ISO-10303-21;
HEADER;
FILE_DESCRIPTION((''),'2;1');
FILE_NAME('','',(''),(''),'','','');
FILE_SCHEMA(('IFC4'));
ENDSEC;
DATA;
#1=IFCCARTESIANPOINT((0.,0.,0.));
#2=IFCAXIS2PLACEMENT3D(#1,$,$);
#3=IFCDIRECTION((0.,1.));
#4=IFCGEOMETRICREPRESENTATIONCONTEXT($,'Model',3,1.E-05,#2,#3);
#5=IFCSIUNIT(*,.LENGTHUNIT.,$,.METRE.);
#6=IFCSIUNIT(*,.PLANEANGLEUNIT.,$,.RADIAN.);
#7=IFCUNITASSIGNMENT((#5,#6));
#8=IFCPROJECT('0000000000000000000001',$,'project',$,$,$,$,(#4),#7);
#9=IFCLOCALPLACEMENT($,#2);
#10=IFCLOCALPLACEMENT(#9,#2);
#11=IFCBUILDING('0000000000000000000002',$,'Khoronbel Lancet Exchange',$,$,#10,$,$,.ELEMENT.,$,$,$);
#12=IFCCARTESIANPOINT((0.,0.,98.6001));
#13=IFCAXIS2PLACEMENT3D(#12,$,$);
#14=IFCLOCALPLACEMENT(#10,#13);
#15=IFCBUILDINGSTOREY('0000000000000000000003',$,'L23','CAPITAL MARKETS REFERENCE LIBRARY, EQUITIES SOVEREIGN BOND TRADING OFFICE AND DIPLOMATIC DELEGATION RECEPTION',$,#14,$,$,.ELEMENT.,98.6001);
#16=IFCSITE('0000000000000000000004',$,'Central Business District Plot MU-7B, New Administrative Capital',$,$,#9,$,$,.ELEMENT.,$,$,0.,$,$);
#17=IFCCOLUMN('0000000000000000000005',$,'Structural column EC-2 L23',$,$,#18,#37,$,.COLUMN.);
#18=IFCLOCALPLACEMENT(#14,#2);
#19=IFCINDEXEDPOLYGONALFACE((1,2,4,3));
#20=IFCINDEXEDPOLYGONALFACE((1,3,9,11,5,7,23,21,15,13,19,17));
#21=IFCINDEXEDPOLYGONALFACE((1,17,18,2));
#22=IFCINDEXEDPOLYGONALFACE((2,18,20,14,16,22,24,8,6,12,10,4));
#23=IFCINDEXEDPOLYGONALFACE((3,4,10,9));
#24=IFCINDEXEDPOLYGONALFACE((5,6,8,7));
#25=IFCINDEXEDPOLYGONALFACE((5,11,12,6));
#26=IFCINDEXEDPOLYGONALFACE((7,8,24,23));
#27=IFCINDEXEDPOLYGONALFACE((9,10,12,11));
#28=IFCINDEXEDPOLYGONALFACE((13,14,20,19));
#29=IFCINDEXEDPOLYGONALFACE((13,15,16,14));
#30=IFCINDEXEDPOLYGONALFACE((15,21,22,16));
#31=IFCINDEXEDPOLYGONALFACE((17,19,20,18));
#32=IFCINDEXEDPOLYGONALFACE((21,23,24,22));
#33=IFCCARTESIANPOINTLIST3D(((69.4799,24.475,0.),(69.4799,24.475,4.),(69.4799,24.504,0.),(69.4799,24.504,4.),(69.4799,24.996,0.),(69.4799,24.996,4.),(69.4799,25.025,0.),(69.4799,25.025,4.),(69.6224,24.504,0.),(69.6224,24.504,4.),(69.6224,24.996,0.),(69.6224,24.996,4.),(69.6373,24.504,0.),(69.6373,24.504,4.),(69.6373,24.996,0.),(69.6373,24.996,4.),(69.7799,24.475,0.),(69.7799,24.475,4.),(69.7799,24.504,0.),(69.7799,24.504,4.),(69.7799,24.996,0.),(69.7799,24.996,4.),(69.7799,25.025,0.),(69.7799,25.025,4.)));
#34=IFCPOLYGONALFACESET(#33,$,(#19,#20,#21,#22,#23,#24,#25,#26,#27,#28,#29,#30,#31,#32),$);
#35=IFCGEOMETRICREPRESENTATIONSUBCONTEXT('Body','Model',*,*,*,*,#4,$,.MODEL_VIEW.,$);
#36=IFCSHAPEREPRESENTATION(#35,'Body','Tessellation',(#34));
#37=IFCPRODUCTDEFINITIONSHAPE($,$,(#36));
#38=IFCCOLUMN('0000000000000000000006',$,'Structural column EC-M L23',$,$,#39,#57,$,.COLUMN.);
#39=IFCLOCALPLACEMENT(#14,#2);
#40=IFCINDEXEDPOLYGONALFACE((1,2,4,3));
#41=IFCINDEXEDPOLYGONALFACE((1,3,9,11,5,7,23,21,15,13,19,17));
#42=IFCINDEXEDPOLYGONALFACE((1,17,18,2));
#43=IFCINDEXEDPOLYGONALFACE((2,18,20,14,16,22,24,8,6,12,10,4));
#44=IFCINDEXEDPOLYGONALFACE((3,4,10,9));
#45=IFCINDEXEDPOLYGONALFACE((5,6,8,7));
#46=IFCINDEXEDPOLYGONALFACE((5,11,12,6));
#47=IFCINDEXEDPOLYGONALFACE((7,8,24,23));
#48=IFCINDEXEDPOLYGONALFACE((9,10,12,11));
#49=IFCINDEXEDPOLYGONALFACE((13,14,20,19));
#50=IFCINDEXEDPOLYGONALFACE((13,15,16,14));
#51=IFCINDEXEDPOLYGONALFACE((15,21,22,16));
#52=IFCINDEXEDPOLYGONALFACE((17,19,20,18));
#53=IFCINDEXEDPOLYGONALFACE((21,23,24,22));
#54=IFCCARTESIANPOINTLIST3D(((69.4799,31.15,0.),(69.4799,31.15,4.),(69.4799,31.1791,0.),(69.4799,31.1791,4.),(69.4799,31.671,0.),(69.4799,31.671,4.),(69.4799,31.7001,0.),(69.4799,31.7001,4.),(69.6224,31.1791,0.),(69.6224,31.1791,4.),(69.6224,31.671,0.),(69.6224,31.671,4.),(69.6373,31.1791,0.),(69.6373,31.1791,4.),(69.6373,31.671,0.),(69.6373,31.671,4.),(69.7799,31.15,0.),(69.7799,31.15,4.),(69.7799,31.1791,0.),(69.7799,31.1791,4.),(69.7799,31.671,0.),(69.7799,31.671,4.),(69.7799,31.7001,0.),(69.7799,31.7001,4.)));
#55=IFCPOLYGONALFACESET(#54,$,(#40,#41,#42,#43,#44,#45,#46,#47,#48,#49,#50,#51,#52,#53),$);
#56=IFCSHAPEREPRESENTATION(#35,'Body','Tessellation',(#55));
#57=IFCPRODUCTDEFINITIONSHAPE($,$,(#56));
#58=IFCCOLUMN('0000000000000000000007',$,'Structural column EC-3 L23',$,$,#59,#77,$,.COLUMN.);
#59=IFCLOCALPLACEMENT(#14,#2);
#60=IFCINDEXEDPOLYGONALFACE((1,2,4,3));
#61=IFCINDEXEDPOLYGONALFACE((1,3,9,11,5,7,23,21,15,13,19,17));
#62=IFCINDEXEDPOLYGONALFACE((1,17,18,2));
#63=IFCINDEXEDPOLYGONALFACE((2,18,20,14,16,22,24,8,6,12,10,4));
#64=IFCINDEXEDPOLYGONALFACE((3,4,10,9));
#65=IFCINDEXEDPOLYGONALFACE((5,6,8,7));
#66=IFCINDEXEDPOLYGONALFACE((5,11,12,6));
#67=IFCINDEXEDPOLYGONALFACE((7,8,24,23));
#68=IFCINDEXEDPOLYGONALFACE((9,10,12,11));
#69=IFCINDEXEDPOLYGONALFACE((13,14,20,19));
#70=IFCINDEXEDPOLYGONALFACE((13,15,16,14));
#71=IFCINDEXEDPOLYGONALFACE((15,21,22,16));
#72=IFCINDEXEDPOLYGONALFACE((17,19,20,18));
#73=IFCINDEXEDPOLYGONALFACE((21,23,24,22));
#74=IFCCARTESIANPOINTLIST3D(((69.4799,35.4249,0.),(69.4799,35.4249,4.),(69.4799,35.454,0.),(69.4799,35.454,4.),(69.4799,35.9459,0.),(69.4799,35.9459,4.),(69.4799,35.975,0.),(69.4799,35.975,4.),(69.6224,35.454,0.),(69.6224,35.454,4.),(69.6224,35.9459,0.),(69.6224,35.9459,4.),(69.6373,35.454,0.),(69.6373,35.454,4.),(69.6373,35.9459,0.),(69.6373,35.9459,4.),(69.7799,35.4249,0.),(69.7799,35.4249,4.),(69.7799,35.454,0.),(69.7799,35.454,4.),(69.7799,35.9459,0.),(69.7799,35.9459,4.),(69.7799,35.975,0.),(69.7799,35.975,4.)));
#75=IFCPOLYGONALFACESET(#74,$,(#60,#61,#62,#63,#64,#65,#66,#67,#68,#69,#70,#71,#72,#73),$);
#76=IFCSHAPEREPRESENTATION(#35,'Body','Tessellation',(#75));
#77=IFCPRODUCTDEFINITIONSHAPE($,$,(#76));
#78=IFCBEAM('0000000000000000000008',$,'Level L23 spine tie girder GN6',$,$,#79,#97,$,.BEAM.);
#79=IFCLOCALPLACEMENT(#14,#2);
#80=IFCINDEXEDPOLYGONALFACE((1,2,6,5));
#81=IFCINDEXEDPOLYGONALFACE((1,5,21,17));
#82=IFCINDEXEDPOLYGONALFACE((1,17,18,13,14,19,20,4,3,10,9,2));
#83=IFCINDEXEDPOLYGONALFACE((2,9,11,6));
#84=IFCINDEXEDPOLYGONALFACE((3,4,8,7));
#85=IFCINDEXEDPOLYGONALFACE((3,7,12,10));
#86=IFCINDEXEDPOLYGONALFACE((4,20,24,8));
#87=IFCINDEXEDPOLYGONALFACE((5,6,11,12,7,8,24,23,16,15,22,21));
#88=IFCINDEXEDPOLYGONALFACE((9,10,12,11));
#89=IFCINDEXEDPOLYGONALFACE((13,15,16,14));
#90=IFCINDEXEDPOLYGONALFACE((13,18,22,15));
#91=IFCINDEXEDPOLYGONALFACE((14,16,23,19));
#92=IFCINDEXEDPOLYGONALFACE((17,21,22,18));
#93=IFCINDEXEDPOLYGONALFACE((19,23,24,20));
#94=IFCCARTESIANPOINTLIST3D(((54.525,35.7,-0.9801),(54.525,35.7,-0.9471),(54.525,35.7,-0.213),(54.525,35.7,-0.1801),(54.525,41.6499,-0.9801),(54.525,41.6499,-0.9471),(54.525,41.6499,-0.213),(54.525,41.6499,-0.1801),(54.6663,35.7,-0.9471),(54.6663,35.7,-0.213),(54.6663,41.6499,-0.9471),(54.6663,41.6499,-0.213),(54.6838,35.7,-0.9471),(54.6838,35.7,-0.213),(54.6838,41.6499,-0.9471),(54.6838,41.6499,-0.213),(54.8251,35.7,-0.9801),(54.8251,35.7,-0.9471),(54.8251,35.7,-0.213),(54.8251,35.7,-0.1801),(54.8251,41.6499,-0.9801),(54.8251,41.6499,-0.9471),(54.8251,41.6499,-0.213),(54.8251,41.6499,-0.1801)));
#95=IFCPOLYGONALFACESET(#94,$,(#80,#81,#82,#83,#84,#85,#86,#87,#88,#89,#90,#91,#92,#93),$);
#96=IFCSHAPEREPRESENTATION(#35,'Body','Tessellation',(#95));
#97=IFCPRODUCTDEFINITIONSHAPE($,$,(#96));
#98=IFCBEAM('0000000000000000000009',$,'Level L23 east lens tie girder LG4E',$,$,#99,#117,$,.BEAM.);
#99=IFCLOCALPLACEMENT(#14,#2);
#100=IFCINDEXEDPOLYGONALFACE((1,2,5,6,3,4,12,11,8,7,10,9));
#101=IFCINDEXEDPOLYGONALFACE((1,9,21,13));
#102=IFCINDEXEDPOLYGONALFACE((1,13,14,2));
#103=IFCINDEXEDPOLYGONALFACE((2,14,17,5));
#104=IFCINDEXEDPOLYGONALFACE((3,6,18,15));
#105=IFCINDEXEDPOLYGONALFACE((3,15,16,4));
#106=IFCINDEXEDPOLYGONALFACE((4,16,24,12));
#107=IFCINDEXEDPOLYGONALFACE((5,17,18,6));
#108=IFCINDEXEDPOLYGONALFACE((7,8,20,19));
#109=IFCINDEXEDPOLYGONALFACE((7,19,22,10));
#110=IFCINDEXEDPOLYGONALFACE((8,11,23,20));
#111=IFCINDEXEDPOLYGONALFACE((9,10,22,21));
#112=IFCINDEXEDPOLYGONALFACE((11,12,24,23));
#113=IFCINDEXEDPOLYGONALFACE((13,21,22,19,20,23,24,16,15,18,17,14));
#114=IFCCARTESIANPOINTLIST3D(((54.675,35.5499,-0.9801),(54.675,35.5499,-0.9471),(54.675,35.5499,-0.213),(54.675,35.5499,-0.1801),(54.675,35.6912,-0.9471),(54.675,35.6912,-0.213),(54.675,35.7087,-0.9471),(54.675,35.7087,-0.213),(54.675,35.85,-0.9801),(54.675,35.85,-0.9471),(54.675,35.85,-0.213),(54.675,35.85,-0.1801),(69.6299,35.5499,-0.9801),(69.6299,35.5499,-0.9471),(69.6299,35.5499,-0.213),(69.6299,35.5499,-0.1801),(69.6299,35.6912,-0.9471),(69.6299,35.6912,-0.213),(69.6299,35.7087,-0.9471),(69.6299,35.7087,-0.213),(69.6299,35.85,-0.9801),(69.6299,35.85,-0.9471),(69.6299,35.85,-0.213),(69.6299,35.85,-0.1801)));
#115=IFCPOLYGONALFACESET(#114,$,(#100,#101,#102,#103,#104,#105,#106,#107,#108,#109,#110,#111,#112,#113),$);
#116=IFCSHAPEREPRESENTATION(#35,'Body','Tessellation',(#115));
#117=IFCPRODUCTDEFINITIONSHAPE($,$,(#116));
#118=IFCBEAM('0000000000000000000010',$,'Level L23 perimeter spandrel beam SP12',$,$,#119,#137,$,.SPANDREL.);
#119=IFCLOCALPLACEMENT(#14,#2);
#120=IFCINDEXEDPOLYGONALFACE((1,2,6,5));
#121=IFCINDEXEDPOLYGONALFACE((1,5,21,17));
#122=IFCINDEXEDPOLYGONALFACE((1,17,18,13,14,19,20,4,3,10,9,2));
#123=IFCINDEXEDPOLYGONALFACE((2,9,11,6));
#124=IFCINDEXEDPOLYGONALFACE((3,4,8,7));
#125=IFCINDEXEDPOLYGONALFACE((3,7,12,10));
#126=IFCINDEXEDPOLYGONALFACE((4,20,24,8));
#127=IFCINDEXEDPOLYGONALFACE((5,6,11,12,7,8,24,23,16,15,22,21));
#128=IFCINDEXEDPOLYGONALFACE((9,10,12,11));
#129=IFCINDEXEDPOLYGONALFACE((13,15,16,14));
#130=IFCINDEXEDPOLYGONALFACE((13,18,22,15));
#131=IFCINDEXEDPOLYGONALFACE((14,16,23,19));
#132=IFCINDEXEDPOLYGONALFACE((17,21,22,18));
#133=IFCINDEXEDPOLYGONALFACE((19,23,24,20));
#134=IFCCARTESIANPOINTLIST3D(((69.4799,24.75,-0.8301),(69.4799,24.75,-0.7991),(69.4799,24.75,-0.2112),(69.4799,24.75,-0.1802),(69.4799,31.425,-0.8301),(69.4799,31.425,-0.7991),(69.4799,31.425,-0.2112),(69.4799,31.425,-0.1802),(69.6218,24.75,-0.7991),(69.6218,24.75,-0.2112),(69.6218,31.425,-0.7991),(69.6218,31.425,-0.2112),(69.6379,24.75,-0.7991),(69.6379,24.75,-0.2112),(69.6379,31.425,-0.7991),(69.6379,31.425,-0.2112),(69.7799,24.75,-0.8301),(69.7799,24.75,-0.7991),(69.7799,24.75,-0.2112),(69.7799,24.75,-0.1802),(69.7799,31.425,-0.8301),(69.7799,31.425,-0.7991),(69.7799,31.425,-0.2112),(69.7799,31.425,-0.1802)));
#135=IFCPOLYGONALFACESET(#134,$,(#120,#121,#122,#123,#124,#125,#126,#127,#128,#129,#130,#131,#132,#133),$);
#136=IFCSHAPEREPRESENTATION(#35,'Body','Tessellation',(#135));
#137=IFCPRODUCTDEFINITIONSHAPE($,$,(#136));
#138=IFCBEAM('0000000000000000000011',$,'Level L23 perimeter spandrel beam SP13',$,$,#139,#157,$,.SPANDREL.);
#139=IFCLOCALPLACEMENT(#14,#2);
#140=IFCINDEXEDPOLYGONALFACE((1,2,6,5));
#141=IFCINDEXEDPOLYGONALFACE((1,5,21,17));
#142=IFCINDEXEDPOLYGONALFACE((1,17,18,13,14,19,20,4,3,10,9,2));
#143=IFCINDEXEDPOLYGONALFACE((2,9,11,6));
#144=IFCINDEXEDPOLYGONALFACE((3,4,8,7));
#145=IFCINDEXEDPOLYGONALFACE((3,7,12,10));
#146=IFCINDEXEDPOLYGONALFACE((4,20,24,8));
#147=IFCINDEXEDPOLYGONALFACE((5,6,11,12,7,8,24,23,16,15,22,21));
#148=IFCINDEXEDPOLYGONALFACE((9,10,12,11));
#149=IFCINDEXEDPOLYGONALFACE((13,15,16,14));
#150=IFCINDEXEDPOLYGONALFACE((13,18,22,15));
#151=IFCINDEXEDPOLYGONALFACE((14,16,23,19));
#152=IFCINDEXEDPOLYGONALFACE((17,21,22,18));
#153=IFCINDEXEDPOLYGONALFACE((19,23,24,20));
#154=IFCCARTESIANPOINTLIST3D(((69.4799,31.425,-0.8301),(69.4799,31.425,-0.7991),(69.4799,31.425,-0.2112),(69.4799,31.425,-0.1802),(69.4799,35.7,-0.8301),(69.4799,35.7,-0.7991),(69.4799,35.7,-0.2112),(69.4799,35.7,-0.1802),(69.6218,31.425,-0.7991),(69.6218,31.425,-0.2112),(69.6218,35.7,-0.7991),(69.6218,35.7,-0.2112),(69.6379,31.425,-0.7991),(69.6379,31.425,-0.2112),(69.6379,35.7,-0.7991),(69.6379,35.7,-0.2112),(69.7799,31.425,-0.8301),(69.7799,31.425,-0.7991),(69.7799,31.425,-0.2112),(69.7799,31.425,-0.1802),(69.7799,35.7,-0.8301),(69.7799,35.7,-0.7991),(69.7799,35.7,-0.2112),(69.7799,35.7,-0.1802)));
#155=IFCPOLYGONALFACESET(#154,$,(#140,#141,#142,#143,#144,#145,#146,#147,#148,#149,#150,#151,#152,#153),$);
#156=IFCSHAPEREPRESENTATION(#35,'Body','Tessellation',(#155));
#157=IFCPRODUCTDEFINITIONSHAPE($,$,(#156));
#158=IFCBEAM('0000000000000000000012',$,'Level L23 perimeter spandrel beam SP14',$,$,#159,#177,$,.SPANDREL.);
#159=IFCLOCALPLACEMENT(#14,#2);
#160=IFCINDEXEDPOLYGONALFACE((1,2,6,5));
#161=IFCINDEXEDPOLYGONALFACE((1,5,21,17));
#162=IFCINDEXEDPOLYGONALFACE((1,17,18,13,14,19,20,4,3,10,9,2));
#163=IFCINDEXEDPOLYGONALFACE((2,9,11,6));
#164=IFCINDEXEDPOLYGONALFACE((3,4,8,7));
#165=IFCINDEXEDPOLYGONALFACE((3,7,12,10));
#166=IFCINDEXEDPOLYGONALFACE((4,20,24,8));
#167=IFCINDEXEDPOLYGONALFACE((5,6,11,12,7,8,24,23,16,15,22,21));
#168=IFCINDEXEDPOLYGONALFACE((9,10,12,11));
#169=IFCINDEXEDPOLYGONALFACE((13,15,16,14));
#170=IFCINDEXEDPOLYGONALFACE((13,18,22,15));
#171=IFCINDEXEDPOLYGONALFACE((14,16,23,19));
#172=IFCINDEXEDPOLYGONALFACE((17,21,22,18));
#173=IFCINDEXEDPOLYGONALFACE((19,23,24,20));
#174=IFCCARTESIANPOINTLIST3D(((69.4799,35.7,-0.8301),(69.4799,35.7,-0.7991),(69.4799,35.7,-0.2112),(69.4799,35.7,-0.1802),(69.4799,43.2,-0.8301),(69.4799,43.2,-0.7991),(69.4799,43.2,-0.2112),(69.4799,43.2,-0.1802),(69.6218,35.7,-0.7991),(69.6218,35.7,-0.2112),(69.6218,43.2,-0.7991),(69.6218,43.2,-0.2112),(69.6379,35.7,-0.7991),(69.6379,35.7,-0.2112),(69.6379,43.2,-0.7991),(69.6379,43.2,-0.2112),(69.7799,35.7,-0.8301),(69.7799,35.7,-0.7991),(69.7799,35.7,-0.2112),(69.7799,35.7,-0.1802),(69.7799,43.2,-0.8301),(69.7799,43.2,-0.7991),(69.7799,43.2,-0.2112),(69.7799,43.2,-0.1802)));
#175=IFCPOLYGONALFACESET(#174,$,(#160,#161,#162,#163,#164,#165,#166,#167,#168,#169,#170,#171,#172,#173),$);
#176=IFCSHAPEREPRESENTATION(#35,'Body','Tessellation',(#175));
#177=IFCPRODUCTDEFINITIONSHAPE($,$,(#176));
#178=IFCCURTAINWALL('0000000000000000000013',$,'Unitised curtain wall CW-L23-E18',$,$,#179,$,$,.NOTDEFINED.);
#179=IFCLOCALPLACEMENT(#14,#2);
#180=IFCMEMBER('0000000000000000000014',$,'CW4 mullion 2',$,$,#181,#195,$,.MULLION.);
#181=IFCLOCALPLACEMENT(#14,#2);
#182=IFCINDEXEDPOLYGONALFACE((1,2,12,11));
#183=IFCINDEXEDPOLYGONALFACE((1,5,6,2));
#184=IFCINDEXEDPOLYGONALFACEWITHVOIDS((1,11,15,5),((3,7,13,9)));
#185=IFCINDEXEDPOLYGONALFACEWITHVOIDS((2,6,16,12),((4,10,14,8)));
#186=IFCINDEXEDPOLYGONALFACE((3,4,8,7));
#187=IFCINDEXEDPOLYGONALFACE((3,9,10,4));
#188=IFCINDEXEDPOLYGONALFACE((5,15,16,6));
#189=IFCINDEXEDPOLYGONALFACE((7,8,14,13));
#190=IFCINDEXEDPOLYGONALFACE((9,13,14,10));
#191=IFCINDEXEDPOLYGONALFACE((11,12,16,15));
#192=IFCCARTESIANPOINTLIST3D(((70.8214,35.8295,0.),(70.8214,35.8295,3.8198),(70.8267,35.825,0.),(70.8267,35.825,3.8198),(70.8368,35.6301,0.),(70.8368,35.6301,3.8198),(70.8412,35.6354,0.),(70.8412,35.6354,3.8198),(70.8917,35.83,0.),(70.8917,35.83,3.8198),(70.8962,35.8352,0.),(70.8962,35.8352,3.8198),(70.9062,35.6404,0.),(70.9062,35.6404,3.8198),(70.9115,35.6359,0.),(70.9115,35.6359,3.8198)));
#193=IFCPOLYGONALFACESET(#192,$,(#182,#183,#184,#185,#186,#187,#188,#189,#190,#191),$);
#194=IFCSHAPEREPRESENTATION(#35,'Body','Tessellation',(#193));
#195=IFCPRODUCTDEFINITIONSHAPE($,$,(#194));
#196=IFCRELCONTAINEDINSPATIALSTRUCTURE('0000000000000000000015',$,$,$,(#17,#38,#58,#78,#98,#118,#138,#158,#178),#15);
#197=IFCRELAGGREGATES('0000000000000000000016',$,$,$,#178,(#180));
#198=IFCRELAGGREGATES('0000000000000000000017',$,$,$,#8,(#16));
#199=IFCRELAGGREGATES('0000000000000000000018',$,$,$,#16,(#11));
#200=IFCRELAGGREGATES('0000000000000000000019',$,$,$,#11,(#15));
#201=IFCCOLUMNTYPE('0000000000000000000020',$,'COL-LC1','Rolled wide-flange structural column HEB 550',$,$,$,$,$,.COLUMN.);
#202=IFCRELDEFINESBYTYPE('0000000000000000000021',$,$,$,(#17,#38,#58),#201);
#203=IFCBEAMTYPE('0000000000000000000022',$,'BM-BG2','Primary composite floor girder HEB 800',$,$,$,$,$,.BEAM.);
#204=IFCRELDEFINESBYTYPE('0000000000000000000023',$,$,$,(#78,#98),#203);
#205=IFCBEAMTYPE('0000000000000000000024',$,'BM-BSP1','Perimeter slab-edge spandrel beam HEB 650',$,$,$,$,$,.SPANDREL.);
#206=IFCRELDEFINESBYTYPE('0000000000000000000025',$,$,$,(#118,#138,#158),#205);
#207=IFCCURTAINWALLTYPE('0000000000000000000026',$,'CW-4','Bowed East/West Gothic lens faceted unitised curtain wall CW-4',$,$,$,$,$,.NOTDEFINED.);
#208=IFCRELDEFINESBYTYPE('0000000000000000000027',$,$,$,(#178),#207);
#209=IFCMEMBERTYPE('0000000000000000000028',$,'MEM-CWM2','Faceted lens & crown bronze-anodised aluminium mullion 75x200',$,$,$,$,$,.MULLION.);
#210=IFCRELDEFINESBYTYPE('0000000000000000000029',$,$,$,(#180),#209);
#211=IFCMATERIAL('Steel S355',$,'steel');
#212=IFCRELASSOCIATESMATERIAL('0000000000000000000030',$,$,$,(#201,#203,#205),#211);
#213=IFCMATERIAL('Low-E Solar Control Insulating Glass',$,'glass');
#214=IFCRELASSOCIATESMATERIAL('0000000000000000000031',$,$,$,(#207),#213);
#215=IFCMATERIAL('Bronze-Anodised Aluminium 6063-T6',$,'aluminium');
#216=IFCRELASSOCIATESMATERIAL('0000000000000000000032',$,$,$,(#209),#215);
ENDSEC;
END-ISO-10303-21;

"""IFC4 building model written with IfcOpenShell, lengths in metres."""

from ifc_helpers import new_model, si_unit, direction, frame, origin, origin_2d, place, context, subcontext, project, spatial, hollow_rectangle, i_section, extrude, material, material_profile, profile_set, type_object, element, aggregate, save


model = new_model("IFC4")

# Units and contexts
model_context = context("Model", 3, precision=1e-05, world=origin(), true_north=direction((0.0, 1.0)))
body_context = subcontext(model_context, "Body", "Model", "MODEL_VIEW")
ifc_project = project(units=[si_unit("LENGTHUNIT", "METRE"), si_unit("PLANEANGLEUNIT", "RADIAN")], contexts=[model_context])

# Site, building, storey
site_placement = place(None, origin())
site = spatial("IfcSite", under=ifc_project, at=site_placement, Name="Central Business District Plot MU-7B, New Administrative Capital", CompositionType="ELEMENT", RefElevation=0.0)
building_placement = place(site_placement, origin())
building = spatial("IfcBuilding", under=site, at=building_placement, Name="Khoronbel Lancet Exchange", CompositionType="ELEMENT")
storey_placement = place(building_placement, frame((0.0, 0.0, 98.6001)))
storey = spatial("IfcBuildingStorey", under=building, at=storey_placement, Name="L23", Description="CAPITAL MARKETS REFERENCE LIBRARY, EQUITIES SOVEREIGN BOND TRADING OFFICE AND DIPLOMATIC DELEGATION RECEPTION", CompositionType="ELEMENT", Elevation=98.6001)

# Columns
ifc_material_1 = material(Name="Steel S355", Category="steel")
ifc_material_profile_1 = material_profile(ifc_material_1, i_section(OverallWidth=0.3, OverallDepth=0.55, WebThickness=0.0149, FlangeThickness=0.0291, at=origin_2d()), Name="HEB 550")
ifc_profile_set_1 = profile_set([ifc_material_profile_1], Name="Steel S355")
column_type = type_object("IfcColumnType", Name="COL-LC1", Description="Rolled wide-flange structural column HEB 550", PredefinedType="COLUMN", material=ifc_profile_set_1)
for number, where, z_axis, x_axis, name in (
    (1, (69.6299, 24.75, 0.0), (0.0, 0.0, 1.0), (1.0, 0.0, 0.0), "Structural column EC-2 L23"),
    (2, (69.6299, 31.425, 0.0), (0.0, 0.0, 1.0), (1.0, 0.0, 0.0), "Structural column EC-M L23"),
    (3, (69.6299, 35.7, 0.0), (0.0, 0.0, 1.0), (1.0, 0.0, 0.0), "Structural column EC-3 L23"),
):
    element("IfcColumn", number, at=place(storey_placement, frame(where, z_axis=z_axis, x_axis=x_axis)), inside=storey, type_object=column_type, Name=name, PredefinedType="COLUMN", context=body_context, shape_type="SweptSolid", body=[
        extrude(i_section(OverallWidth=0.3, OverallDepth=0.55, WebThickness=0.0149, FlangeThickness=0.0291, at=origin_2d()), origin(), (0.0, 0.0, 1.0), 4.0),
    ])

# Beams
ifc_material_profile_2 = material_profile(ifc_material_1, i_section(OverallWidth=0.3, OverallDepth=0.8, WebThickness=0.0176, FlangeThickness=0.033, at=origin_2d()), Name="HEB 800")
ifc_profile_set_2 = profile_set([ifc_material_profile_2], Name="Steel S355")
beam_type_1 = type_object("IfcBeamType", Name="BM-BG2", Description="Primary composite floor girder HEB 800", PredefinedType="BEAM", material=ifc_profile_set_2)
beam_1_placement = place(storey_placement, frame((54.675, 35.7, -0.5801), z_axis=(0.0, 1.0, 0.0), x_axis=(-1.0, 0.0, 0.0)))
element("IfcBeam", 4, at=beam_1_placement, inside=storey, type_object=beam_type_1, Name="Level L23 spine tie girder GN6", PredefinedType="BEAM", context=body_context, shape_type="SweptSolid", body=[
    extrude(i_section(OverallWidth=0.3, OverallDepth=0.8, WebThickness=0.0176, FlangeThickness=0.033, at=origin_2d()), origin(), (0.0, 0.0, 1.0), 5.95),
])
beam_2_placement = place(storey_placement, frame((54.675, 35.7, -0.5801), z_axis=(1.0, 0.0, 0.0), x_axis=(0.0, 1.0, 0.0)))
element("IfcBeam", 5, at=beam_2_placement, inside=storey, type_object=beam_type_1, Name="Level L23 east lens tie girder LG4E", PredefinedType="BEAM", context=body_context, shape_type="SweptSolid", body=[
    extrude(i_section(OverallWidth=0.3, OverallDepth=0.8, WebThickness=0.0176, FlangeThickness=0.033, at=origin_2d()), origin(), (0.0, 0.0, 1.0), 14.9548),
])
ifc_material_profile_3 = material_profile(ifc_material_1, i_section(OverallWidth=0.3, OverallDepth=0.6499, WebThickness=0.0161, FlangeThickness=0.031, at=origin_2d()), Name="HEB 650")
ifc_profile_set_3 = profile_set([ifc_material_profile_3], Name="Steel S355")
beam_type_2 = type_object("IfcBeamType", Name="BM-BSP1", Description="Perimeter slab-edge spandrel beam HEB 650", PredefinedType="SPANDREL", material=ifc_profile_set_3)
beam_3_placement = place(storey_placement, frame((69.6299, 24.75, -0.5051), z_axis=(0.0, 1.0, 0.0), x_axis=(-1.0, 0.0, 0.0)))
element("IfcBeam", 6, at=beam_3_placement, inside=storey, type_object=beam_type_2, Name="Level L23 perimeter spandrel beam SP12", PredefinedType="SPANDREL", context=body_context, shape_type="SweptSolid", body=[
    extrude(i_section(OverallWidth=0.3, OverallDepth=0.6499, WebThickness=0.0161, FlangeThickness=0.031, at=origin_2d()), origin(), (0.0, 0.0, 1.0), 6.675),
])
beam_4_placement = place(storey_placement, frame((69.6299, 31.425, -0.5051), z_axis=(0.0, 1.0, 0.0), x_axis=(-1.0, 0.0, 0.0)))
element("IfcBeam", 7, at=beam_4_placement, inside=storey, type_object=beam_type_2, Name="Level L23 perimeter spandrel beam SP13", PredefinedType="SPANDREL", context=body_context, shape_type="SweptSolid", body=[
    extrude(i_section(OverallWidth=0.3, OverallDepth=0.6499, WebThickness=0.0161, FlangeThickness=0.031, at=origin_2d()), origin(), (0.0, 0.0, 1.0), 4.2749),
])
beam_5_placement = place(storey_placement, frame((69.6299, 35.7, -0.5051), z_axis=(0.0, 1.0, 0.0), x_axis=(-1.0, 0.0, 0.0)))
element("IfcBeam", 8, at=beam_5_placement, inside=storey, type_object=beam_type_2, Name="Level L23 perimeter spandrel beam SP14", PredefinedType="SPANDREL", context=body_context, shape_type="SweptSolid", body=[
    extrude(i_section(OverallWidth=0.3, OverallDepth=0.6499, WebThickness=0.0161, FlangeThickness=0.031, at=origin_2d()), origin(), (0.0, 0.0, 1.0), 7.5),
])

# Curtain wall, member
ifc_material_2 = material(Name="Low-E Solar Control Insulating Glass", Category="glass")
curtain_wall_type = type_object("IfcCurtainWallType", Name="CW-4", Description="Bowed East/West Gothic lens faceted unitised curtain wall CW-4", PredefinedType="NOTDEFINED", material=ifc_material_2)
curtain_wall_1_placement = place(storey_placement, origin())
curtain_wall_1 = element("IfcCurtainWall", 9, at=curtain_wall_1_placement, inside=storey, type_object=curtain_wall_type, Name="Unitised curtain wall CW-L23-E18", PredefinedType="NOTDEFINED")
ifc_material_3 = material(Name="Bronze-Anodised Aluminium 6063-T6", Category="aluminium")
ifc_material_profile_4 = material_profile(ifc_material_3, hollow_rectangle(XDim=0.075, YDim=0.2, WallThickness=0.0049, at=origin_2d()), Name="ALU MULLION 75x200")
ifc_profile_set_4 = profile_set([ifc_material_profile_4], Name="Bronze-Anodised Aluminium 6063-T6")
member_type_1 = type_object("IfcMemberType", Name="MEM-CWM2", Description="Faceted lens & crown bronze-anodised aluminium mullion 75x200", PredefinedType="MULLION", material=ifc_profile_set_4)
member_1_placement = place(storey_placement, frame((70.8665, 35.7327, 0.0), z_axis=(0.0, 0.0, 1.0), x_axis=(0.99706, 0.076626, 0.0)))
member_1 = element("IfcMember", 10, at=member_1_placement, type_object=member_type_1, Name="CW4 mullion 2", PredefinedType="MULLION", context=body_context, shape_type="SweptSolid", body=[
    extrude(hollow_rectangle(XDim=0.075, YDim=0.2, WallThickness=0.0049, at=origin_2d()), origin(), (0.0, 0.0, 1.0), 3.8198),
])

aggregate(curtain_wall_1, [member_1])

save(model, "model.ifc")
